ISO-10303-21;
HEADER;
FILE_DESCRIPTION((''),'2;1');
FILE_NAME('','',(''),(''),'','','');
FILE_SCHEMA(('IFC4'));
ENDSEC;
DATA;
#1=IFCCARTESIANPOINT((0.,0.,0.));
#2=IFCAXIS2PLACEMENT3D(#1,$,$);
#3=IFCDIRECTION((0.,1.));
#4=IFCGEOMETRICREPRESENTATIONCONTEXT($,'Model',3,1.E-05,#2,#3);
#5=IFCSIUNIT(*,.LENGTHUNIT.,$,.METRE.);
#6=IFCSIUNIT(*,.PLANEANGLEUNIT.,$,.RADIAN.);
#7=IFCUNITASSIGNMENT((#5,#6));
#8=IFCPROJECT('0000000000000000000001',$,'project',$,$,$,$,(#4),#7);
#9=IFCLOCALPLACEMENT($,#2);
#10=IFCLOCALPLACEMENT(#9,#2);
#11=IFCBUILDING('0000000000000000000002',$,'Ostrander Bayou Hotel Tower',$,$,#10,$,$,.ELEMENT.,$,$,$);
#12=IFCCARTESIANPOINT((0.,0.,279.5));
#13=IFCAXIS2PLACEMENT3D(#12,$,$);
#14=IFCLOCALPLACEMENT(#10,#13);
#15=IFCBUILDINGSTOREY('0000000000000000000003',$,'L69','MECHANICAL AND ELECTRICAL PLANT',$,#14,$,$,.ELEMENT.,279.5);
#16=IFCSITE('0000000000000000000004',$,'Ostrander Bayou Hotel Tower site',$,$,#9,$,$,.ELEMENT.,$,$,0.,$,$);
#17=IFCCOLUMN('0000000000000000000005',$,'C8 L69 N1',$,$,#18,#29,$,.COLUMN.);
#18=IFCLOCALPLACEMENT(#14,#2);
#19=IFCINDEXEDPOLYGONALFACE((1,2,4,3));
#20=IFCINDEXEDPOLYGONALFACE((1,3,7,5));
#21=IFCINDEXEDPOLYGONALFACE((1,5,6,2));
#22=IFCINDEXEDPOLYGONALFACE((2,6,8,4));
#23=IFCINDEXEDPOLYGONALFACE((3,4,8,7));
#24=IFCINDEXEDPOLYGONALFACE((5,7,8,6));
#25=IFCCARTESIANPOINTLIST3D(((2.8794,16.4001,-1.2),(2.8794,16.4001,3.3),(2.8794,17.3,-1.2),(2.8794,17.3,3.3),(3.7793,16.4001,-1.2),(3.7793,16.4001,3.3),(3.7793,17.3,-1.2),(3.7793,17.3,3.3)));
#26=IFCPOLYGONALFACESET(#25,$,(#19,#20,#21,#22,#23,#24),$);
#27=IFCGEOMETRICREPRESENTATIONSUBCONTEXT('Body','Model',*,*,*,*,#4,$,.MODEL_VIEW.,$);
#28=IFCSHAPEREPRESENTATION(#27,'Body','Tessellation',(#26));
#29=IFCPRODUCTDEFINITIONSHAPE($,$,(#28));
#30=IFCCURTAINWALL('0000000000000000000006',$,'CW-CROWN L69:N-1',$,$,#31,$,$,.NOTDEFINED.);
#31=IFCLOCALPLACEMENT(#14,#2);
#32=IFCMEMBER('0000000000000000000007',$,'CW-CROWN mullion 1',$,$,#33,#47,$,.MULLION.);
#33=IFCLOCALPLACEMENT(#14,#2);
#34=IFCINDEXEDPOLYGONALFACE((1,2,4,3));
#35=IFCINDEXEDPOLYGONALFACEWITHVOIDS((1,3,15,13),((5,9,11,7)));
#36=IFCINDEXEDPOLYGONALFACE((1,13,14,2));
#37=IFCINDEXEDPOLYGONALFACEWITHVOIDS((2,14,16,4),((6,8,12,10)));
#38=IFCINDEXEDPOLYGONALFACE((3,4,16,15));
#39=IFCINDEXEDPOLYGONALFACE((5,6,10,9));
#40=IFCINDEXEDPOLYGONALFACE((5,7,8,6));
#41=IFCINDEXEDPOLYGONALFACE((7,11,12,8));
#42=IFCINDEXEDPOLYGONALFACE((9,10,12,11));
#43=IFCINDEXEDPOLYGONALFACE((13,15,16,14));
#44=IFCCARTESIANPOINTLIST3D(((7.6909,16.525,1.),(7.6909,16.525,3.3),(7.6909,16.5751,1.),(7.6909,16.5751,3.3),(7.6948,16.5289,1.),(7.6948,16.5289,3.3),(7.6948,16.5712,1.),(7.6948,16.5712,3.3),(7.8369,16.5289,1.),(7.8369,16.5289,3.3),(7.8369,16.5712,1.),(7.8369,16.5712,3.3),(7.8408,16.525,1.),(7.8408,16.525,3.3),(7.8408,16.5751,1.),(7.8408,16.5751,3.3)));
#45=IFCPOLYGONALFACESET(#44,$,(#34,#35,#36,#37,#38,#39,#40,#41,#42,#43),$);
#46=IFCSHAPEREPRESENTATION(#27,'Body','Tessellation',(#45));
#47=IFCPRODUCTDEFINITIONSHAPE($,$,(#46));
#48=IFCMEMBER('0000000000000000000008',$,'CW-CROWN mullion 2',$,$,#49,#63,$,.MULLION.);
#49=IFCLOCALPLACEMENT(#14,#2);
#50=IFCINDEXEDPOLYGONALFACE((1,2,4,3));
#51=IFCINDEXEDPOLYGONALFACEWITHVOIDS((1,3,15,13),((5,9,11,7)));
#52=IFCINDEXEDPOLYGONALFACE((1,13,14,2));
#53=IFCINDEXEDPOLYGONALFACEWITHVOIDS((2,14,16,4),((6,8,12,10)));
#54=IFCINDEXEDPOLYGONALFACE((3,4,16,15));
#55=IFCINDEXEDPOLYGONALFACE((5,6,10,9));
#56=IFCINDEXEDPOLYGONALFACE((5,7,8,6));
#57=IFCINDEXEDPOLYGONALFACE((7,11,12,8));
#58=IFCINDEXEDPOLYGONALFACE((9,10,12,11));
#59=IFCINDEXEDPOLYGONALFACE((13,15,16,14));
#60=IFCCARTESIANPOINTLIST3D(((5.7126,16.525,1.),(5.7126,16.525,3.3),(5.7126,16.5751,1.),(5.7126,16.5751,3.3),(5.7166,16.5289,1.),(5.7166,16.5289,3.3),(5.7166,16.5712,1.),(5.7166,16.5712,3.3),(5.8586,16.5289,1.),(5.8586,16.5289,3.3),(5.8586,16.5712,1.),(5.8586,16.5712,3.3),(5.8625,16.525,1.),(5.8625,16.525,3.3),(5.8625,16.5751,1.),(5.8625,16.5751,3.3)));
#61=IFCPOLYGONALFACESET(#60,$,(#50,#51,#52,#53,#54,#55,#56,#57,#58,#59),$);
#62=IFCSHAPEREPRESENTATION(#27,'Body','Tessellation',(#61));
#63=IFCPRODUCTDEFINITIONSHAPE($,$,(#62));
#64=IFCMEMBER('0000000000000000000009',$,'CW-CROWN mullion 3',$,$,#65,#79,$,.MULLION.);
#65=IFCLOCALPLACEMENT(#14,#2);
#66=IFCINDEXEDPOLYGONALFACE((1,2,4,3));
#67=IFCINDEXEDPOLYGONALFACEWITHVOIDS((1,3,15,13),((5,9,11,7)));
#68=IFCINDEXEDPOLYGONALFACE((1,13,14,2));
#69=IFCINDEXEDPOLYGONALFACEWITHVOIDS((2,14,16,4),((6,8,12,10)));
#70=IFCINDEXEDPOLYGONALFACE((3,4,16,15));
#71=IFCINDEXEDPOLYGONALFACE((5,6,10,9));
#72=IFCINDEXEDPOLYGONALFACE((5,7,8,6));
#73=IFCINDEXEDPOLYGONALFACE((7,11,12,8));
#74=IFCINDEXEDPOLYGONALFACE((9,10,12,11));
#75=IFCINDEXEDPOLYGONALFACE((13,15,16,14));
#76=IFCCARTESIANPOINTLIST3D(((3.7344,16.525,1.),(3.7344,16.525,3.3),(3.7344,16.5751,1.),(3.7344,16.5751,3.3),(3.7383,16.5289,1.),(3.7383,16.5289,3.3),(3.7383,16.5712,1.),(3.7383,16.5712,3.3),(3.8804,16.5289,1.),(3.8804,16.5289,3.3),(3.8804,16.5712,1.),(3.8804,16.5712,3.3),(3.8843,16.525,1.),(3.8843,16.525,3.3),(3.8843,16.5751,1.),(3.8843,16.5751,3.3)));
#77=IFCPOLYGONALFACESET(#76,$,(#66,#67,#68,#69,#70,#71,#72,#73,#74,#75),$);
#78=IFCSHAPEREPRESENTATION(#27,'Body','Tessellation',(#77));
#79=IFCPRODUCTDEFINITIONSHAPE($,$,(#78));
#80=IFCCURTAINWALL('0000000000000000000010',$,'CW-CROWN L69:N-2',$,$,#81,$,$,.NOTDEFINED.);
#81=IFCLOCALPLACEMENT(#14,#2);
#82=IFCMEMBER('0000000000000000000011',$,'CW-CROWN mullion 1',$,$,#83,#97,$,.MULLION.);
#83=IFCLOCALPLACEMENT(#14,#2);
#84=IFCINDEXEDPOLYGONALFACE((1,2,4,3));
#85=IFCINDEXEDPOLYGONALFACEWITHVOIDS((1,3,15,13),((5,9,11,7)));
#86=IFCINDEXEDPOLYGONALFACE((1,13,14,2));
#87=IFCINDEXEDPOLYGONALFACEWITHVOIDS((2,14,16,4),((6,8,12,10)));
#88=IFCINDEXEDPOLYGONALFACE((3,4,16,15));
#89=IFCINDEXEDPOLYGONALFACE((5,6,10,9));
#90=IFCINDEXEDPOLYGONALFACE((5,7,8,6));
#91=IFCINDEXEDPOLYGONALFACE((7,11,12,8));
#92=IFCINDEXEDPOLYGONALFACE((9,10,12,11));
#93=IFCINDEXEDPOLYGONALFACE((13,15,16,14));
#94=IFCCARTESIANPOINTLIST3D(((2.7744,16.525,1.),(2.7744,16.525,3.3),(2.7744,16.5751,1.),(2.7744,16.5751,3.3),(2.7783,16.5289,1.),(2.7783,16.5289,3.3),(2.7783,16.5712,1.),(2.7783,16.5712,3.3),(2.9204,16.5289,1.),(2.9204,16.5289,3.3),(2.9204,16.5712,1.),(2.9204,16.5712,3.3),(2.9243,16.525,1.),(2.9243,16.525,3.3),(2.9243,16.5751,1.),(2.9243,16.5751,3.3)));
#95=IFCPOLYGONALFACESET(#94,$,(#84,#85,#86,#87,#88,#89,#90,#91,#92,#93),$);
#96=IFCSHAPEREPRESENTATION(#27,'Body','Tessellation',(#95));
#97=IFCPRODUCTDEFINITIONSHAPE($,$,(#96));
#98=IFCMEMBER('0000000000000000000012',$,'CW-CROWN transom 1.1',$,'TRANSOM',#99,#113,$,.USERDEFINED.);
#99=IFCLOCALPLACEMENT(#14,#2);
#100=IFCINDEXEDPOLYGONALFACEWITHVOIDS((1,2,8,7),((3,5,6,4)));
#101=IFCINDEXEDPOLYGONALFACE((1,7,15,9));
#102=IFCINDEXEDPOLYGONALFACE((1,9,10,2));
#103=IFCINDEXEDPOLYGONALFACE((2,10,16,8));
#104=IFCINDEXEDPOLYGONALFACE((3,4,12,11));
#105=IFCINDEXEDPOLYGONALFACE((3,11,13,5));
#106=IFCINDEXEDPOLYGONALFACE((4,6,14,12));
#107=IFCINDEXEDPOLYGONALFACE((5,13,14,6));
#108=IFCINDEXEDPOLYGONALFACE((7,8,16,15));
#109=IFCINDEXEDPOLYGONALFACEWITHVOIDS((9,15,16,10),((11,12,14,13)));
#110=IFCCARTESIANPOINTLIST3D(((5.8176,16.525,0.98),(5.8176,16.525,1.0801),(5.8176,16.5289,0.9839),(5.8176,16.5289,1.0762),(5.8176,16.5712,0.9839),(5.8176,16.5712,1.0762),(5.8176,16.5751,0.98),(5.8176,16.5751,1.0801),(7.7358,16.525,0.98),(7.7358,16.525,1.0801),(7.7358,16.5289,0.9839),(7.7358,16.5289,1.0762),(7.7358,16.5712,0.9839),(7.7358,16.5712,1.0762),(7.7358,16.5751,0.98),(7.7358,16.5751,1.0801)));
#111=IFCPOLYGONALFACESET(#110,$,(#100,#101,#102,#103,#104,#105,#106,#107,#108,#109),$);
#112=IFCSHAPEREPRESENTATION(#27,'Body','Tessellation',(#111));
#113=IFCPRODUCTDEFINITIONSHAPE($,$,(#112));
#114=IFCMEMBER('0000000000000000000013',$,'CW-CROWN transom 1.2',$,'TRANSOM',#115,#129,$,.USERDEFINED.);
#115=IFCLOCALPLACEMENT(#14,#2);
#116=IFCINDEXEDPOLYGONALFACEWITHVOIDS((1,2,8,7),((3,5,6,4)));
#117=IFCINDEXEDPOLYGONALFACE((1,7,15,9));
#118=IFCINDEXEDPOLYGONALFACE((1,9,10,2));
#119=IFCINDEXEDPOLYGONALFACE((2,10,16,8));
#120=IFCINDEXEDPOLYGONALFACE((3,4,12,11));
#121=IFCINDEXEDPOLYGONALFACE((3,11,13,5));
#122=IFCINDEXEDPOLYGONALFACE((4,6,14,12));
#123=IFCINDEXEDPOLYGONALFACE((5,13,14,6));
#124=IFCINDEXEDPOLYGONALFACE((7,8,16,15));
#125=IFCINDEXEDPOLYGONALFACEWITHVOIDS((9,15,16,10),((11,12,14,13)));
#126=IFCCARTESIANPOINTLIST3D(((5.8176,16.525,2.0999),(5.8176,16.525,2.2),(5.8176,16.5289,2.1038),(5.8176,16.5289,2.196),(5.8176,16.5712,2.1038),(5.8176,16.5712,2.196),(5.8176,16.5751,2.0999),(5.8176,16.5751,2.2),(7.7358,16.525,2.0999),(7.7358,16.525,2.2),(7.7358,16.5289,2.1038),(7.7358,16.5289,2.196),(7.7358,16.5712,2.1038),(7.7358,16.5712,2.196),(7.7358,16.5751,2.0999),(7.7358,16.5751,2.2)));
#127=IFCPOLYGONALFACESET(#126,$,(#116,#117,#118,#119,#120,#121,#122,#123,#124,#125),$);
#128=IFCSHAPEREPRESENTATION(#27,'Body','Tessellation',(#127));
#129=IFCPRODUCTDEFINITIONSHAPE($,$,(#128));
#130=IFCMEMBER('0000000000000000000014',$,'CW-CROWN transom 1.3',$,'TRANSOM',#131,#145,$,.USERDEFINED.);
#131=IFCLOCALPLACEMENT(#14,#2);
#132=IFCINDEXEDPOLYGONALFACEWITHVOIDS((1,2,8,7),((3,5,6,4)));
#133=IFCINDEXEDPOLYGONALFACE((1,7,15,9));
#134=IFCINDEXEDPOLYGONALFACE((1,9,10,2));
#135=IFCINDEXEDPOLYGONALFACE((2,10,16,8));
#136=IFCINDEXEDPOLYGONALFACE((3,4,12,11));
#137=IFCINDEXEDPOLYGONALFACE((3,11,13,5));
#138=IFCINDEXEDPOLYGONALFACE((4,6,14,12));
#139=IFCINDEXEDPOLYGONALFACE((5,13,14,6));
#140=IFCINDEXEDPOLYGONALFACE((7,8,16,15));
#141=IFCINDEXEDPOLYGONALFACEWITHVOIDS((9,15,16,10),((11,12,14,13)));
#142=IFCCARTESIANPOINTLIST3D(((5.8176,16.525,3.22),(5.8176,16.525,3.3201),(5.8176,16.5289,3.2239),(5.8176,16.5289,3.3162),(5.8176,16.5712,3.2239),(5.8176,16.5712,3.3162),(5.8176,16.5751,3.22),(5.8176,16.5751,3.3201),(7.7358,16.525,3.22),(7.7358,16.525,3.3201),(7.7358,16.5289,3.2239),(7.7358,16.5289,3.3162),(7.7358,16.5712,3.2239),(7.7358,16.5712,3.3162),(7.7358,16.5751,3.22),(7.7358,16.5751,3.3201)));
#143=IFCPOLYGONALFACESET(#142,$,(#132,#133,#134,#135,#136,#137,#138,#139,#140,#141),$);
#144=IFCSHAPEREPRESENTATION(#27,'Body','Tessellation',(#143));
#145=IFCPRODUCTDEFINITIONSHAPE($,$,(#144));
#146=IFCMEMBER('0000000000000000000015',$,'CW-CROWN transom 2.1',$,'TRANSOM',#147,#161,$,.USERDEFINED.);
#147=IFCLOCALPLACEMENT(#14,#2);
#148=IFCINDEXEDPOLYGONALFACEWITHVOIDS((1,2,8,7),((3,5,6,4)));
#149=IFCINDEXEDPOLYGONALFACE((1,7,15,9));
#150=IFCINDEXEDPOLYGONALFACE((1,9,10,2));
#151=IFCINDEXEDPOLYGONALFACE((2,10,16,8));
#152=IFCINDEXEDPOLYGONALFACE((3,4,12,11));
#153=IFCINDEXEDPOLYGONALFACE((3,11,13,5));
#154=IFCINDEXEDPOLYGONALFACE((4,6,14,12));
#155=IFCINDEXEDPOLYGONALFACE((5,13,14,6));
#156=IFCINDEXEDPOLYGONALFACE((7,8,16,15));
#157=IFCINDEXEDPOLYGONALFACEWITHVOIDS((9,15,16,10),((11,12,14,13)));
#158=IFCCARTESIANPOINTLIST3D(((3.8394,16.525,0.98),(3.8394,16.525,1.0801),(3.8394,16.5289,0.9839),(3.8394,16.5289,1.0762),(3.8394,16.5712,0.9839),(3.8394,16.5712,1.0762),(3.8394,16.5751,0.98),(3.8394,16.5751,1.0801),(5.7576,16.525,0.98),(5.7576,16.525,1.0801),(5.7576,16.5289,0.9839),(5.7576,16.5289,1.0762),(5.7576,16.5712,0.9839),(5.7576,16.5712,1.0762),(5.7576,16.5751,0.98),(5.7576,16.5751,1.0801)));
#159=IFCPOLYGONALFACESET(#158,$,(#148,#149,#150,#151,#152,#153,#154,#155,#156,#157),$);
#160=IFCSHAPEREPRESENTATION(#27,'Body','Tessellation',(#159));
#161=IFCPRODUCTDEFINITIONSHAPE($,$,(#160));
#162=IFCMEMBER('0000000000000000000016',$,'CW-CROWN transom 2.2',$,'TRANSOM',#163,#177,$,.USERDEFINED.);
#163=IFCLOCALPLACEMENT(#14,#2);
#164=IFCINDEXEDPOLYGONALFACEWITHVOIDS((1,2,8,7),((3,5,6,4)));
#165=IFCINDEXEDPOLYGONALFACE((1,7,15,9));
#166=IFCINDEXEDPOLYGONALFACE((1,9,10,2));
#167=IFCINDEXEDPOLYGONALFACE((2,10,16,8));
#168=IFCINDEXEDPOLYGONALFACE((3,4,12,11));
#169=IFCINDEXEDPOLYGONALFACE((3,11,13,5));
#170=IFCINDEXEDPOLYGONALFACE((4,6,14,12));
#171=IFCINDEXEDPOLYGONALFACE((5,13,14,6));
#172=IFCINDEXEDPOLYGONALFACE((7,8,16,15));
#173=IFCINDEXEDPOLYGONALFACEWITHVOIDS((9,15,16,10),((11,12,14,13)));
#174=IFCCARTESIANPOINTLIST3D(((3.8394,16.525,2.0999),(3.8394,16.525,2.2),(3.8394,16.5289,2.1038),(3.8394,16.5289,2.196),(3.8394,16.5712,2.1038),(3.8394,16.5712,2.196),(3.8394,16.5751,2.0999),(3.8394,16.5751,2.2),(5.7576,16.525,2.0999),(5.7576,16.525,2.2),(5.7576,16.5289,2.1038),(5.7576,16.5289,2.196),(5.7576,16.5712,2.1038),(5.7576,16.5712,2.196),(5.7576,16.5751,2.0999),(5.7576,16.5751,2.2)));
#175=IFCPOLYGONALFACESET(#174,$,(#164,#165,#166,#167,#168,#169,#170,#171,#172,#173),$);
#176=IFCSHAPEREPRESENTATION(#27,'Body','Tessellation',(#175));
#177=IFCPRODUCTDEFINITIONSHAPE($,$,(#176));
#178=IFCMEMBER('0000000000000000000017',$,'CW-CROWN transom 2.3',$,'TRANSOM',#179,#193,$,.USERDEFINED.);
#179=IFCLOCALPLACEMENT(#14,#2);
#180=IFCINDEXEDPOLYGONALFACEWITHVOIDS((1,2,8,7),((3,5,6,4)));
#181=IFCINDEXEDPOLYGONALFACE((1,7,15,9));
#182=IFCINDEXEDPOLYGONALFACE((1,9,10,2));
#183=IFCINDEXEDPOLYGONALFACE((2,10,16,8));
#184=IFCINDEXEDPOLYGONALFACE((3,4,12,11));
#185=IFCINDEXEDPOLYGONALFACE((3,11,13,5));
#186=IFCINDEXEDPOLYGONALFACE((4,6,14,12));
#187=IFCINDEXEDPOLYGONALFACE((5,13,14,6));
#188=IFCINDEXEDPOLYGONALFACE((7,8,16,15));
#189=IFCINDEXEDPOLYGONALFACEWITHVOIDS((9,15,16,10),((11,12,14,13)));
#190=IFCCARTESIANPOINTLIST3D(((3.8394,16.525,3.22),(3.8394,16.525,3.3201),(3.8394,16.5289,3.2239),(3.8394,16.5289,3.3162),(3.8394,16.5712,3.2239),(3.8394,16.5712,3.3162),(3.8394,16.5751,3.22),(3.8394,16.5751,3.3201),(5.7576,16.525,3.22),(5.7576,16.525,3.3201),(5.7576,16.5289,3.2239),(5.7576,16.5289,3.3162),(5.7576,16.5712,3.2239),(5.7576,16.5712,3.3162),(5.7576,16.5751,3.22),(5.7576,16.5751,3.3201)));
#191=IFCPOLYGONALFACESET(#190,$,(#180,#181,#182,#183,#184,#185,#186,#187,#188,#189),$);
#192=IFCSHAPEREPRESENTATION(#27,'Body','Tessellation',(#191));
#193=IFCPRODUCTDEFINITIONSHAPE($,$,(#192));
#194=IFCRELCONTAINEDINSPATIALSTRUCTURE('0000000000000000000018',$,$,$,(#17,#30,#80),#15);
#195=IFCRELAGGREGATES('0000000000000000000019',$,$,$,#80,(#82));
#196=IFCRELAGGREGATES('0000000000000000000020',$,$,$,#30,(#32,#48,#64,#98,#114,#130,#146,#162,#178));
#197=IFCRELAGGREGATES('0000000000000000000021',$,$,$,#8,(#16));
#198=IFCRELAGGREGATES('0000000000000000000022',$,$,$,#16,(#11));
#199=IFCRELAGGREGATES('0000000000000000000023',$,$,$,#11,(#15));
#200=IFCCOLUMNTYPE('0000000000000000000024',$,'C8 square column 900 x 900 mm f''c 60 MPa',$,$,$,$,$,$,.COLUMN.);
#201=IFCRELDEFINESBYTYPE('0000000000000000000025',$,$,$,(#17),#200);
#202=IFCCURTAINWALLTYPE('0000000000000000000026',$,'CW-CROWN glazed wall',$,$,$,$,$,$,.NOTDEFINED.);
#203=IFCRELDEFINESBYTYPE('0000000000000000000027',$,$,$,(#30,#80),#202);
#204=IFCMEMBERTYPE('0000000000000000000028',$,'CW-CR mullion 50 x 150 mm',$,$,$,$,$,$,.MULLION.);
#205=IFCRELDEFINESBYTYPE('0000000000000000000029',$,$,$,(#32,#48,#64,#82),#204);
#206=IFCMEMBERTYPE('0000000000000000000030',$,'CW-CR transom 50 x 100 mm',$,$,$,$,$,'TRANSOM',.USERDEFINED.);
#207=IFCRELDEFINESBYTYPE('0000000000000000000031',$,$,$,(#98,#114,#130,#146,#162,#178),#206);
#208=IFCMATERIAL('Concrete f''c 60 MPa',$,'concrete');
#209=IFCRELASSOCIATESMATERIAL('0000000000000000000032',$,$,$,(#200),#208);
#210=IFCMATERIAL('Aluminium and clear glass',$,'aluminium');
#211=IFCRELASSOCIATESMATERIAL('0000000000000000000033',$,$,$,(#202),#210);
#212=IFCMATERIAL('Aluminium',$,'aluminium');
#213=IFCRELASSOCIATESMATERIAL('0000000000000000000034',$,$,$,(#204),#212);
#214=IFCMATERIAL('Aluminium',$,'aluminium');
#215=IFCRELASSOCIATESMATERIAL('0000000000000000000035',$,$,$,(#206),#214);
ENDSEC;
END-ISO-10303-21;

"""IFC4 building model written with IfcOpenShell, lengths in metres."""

from ifc_helpers import new_model, si_unit, direction, frame, origin, origin_2d, place, context, subcontext, project, spatial, rectangle, hollow_rectangle, extrude, material, material_profile, profile_set, type_object, element, aggregate, save


model = new_model("IFC4")

# Units and contexts
model_context = context("Model", 3, precision=1e-05, world=origin(), true_north=direction((0.0, 1.0)))
body_context = subcontext(model_context, "Body", "Model", "MODEL_VIEW")
ifc_project = project(units=[si_unit("LENGTHUNIT", "METRE"), si_unit("PLANEANGLEUNIT", "RADIAN")], contexts=[model_context])

# Site, building, storey
site_placement = place(None, origin())
site = spatial("IfcSite", under=ifc_project, at=site_placement, Name="Ostrander Bayou Hotel Tower site", CompositionType="ELEMENT", RefElevation=0.0)
building_placement = place(site_placement, origin())
building = spatial("IfcBuilding", under=site, at=building_placement, Name="Ostrander Bayou Hotel Tower", CompositionType="ELEMENT")
storey_placement = place(building_placement, frame((0.0, 0.0, 279.5)))
storey = spatial("IfcBuildingStorey", under=building, at=storey_placement, Name="L69", Description="MECHANICAL AND ELECTRICAL PLANT", CompositionType="ELEMENT", Elevation=279.5)

# Column
ifc_material_1 = material(Name="Concrete f'c 60 MPa", Category="concrete")
ifc_material_profile_1 = material_profile(ifc_material_1, rectangle(XDim=0.8999, YDim=0.8999, at=origin_2d()))
ifc_profile_set_1 = profile_set([ifc_material_profile_1], Name="Concrete f'c 60 MPa")
column_type = type_object("IfcColumnType", Name="C8 square column 900 x 900 mm f'c 60 MPa", PredefinedType="COLUMN", material=ifc_profile_set_1)
column_placement = place(storey_placement, frame((3.3293, 16.8501, -1.2), z_axis=(0.0, 0.0, 1.0), x_axis=(1.0, 0.0, 0.0)))
element("IfcColumn", 1, at=column_placement, inside=storey, type_object=column_type, Name="C8 L69 N1", PredefinedType="COLUMN", context=body_context, shape_type="SweptSolid", body=[
    extrude(rectangle(XDim=0.8999, YDim=0.8999, at=origin_2d()), origin(), (0.0, 0.0, 1.0), 4.5),
])

# Curtain wall, members
ifc_material_2 = material(Name="Aluminium and clear glass", Category="aluminium")
curtain_wall_type = type_object("IfcCurtainWallType", Name="CW-CROWN glazed wall", PredefinedType="NOTDEFINED", material=ifc_material_2)
curtain_wall_1_placement = place(storey_placement, origin())
curtain_wall_1 = element("IfcCurtainWall", 2, at=curtain_wall_1_placement, inside=storey, type_object=curtain_wall_type, Name="CW-CROWN L69:N-1", PredefinedType="NOTDEFINED")
ifc_material_3 = material(Name="Aluminium", Category="aluminium")
ifc_material_profile_2 = material_profile(ifc_material_3, hollow_rectangle(XDim=0.05, YDim=0.1499, WallThickness=0.0039, at=origin_2d()))
ifc_profile_set_2 = profile_set([ifc_material_profile_2], Name="Aluminium")
member_type_1 = type_object("IfcMemberType", Name="CW-CR mullion 50 x 150 mm", PredefinedType="MULLION", material=ifc_profile_set_2)
member_1_placement = place(storey_placement, frame((7.7659, 16.55, 1.0), z_axis=(0.0, 0.0, 1.0), x_axis=(0.0, -1.0, 0.0)))
member_1 = element("IfcMember", 3, at=member_1_placement, type_object=member_type_1, Name="CW-CROWN mullion 1", PredefinedType="MULLION", context=body_context, shape_type="SweptSolid", body=[
    extrude(hollow_rectangle(XDim=0.05, YDim=0.1499, WallThickness=0.0039, at=origin_2d()), origin(), (0.0, 0.0, 1.0), 2.3),
])
member_2_placement = place(storey_placement, frame((5.7876, 16.55, 1.0), z_axis=(0.0, 0.0, 1.0), x_axis=(0.0, -1.0, 0.0)))
member_2 = element("IfcMember", 4, at=member_2_placement, type_object=member_type_1, Name="CW-CROWN mullion 2", PredefinedType="MULLION", context=body_context, shape_type="SweptSolid", body=[
    extrude(hollow_rectangle(XDim=0.05, YDim=0.1499, WallThickness=0.0039, at=origin_2d()), origin(), (0.0, 0.0, 1.0), 2.3),
])
member_3_placement = place(storey_placement, frame((3.8093, 16.55, 1.0), z_axis=(0.0, 0.0, 1.0), x_axis=(0.0, -1.0, 0.0)))
member_3 = element("IfcMember", 5, at=member_3_placement, type_object=member_type_1, Name="CW-CROWN mullion 3", PredefinedType="MULLION", context=body_context, shape_type="SweptSolid", body=[
    extrude(hollow_rectangle(XDim=0.05, YDim=0.1499, WallThickness=0.0039, at=origin_2d()), origin(), (0.0, 0.0, 1.0), 2.3),
])

# Curtain wall, member
curtain_wall_2_placement = place(storey_placement, origin())
curtain_wall_2 = element("IfcCurtainWall", 6, at=curtain_wall_2_placement, inside=storey, type_object=curtain_wall_type, Name="CW-CROWN L69:N-2", PredefinedType="NOTDEFINED")
member_4_placement = place(storey_placement, frame((2.8494, 16.55, 1.0), z_axis=(0.0, 0.0, 1.0), x_axis=(0.0, -1.0, 0.0)))
member_4 = element("IfcMember", 7, at=member_4_placement, type_object=member_type_1, Name="CW-CROWN mullion 1", PredefinedType="MULLION", context=body_context, shape_type="SweptSolid", body=[
    extrude(hollow_rectangle(XDim=0.05, YDim=0.1499, WallThickness=0.0039, at=origin_2d()), origin(), (0.0, 0.0, 1.0), 2.3),
])
aggregate(curtain_wall_2, [member_4])

# Members
ifc_material_4 = material(Name="Aluminium", Category="aluminium")
ifc_material_profile_3 = material_profile(ifc_material_4, hollow_rectangle(XDim=0.05, YDim=0.1001, WallThickness=0.0039, at=origin_2d()))
ifc_profile_set_3 = profile_set([ifc_material_profile_3], Name="Aluminium")
member_type_2 = type_object("IfcMemberType", Name="CW-CR transom 50 x 100 mm", ElementType="TRANSOM", PredefinedType="USERDEFINED", material=ifc_profile_set_3)
member_5_placement = place(storey_placement, frame((7.7358, 16.55, 1.03), z_axis=(-1.0, 0.0, 0.0), x_axis=(0.0, -1.0, 0.0)))
member_5 = element("IfcMember", 8, at=member_5_placement, type_object=member_type_2, Name="CW-CROWN transom 1.1", ObjectType="TRANSOM", PredefinedType="USERDEFINED", context=body_context, shape_type="SweptSolid", body=[
    extrude(hollow_rectangle(XDim=0.05, YDim=0.1001, WallThickness=0.0039, at=origin_2d()), origin(), (0.0, 0.0, 1.0), 1.9182),
])
member_6_placement = place(storey_placement, frame((7.7358, 16.55, 2.1499), z_axis=(-1.0, 0.0, 0.0), x_axis=(0.0, -1.0, 0.0)))
member_6 = element("IfcMember", 9, at=member_6_placement, type_object=member_type_2, Name="CW-CROWN transom 1.2", ObjectType="TRANSOM", PredefinedType="USERDEFINED", context=body_context, shape_type="SweptSolid", body=[
    extrude(hollow_rectangle(XDim=0.05, YDim=0.1001, WallThickness=0.0039, at=origin_2d()), origin(), (0.0, 0.0, 1.0), 1.9182),
])
member_7_placement = place(storey_placement, frame((7.7358, 16.55, 3.27), z_axis=(-1.0, 0.0, 0.0), x_axis=(0.0, -1.0, 0.0)))
member_7 = element("IfcMember", 10, at=member_7_placement, type_object=member_type_2, Name="CW-CROWN transom 1.3", ObjectType="TRANSOM", PredefinedType="USERDEFINED", context=body_context, shape_type="SweptSolid", body=[
    extrude(hollow_rectangle(XDim=0.05, YDim=0.1001, WallThickness=0.0039, at=origin_2d()), origin(), (0.0, 0.0, 1.0), 1.9182),
])
member_8_placement = place(storey_placement, frame((5.7576, 16.55, 1.03), z_axis=(-1.0, 0.0, 0.0), x_axis=(0.0, -1.0, 0.0)))
member_8 = element("IfcMember", 11, at=member_8_placement, type_object=member_type_2, Name="CW-CROWN transom 2.1", ObjectType="TRANSOM", PredefinedType="USERDEFINED", context=body_context, shape_type="SweptSolid", body=[
    extrude(hollow_rectangle(XDim=0.05, YDim=0.1001, WallThickness=0.0039, at=origin_2d()), origin(), (0.0, 0.0, 1.0), 1.9182),
])
member_9_placement = place(storey_placement, frame((5.7576, 16.55, 2.1499), z_axis=(-1.0, 0.0, 0.0), x_axis=(0.0, -1.0, 0.0)))
member_9 = element("IfcMember", 12, at=member_9_placement, type_object=member_type_2, Name="CW-CROWN transom 2.2", ObjectType="TRANSOM", PredefinedType="USERDEFINED", context=body_context, shape_type="SweptSolid", body=[
    extrude(hollow_rectangle(XDim=0.05, YDim=0.1001, WallThickness=0.0039, at=origin_2d()), origin(), (0.0, 0.0, 1.0), 1.9182),
])
member_10_placement = place(storey_placement, frame((5.7576, 16.55, 3.27), z_axis=(-1.0, 0.0, 0.0), x_axis=(0.0, -1.0, 0.0)))
member_10 = element("IfcMember", 13, at=member_10_placement, type_object=member_type_2, Name="CW-CROWN transom 2.3", ObjectType="TRANSOM", PredefinedType="USERDEFINED", context=body_context, shape_type="SweptSolid", body=[
    extrude(hollow_rectangle(XDim=0.05, YDim=0.1001, WallThickness=0.0039, at=origin_2d()), origin(), (0.0, 0.0, 1.0), 1.9182),
])

aggregate(curtain_wall_1, [member_1, member_2, member_3, member_5, member_6, member_7, member_8, member_9, member_10])

save(model, "model.ifc")
